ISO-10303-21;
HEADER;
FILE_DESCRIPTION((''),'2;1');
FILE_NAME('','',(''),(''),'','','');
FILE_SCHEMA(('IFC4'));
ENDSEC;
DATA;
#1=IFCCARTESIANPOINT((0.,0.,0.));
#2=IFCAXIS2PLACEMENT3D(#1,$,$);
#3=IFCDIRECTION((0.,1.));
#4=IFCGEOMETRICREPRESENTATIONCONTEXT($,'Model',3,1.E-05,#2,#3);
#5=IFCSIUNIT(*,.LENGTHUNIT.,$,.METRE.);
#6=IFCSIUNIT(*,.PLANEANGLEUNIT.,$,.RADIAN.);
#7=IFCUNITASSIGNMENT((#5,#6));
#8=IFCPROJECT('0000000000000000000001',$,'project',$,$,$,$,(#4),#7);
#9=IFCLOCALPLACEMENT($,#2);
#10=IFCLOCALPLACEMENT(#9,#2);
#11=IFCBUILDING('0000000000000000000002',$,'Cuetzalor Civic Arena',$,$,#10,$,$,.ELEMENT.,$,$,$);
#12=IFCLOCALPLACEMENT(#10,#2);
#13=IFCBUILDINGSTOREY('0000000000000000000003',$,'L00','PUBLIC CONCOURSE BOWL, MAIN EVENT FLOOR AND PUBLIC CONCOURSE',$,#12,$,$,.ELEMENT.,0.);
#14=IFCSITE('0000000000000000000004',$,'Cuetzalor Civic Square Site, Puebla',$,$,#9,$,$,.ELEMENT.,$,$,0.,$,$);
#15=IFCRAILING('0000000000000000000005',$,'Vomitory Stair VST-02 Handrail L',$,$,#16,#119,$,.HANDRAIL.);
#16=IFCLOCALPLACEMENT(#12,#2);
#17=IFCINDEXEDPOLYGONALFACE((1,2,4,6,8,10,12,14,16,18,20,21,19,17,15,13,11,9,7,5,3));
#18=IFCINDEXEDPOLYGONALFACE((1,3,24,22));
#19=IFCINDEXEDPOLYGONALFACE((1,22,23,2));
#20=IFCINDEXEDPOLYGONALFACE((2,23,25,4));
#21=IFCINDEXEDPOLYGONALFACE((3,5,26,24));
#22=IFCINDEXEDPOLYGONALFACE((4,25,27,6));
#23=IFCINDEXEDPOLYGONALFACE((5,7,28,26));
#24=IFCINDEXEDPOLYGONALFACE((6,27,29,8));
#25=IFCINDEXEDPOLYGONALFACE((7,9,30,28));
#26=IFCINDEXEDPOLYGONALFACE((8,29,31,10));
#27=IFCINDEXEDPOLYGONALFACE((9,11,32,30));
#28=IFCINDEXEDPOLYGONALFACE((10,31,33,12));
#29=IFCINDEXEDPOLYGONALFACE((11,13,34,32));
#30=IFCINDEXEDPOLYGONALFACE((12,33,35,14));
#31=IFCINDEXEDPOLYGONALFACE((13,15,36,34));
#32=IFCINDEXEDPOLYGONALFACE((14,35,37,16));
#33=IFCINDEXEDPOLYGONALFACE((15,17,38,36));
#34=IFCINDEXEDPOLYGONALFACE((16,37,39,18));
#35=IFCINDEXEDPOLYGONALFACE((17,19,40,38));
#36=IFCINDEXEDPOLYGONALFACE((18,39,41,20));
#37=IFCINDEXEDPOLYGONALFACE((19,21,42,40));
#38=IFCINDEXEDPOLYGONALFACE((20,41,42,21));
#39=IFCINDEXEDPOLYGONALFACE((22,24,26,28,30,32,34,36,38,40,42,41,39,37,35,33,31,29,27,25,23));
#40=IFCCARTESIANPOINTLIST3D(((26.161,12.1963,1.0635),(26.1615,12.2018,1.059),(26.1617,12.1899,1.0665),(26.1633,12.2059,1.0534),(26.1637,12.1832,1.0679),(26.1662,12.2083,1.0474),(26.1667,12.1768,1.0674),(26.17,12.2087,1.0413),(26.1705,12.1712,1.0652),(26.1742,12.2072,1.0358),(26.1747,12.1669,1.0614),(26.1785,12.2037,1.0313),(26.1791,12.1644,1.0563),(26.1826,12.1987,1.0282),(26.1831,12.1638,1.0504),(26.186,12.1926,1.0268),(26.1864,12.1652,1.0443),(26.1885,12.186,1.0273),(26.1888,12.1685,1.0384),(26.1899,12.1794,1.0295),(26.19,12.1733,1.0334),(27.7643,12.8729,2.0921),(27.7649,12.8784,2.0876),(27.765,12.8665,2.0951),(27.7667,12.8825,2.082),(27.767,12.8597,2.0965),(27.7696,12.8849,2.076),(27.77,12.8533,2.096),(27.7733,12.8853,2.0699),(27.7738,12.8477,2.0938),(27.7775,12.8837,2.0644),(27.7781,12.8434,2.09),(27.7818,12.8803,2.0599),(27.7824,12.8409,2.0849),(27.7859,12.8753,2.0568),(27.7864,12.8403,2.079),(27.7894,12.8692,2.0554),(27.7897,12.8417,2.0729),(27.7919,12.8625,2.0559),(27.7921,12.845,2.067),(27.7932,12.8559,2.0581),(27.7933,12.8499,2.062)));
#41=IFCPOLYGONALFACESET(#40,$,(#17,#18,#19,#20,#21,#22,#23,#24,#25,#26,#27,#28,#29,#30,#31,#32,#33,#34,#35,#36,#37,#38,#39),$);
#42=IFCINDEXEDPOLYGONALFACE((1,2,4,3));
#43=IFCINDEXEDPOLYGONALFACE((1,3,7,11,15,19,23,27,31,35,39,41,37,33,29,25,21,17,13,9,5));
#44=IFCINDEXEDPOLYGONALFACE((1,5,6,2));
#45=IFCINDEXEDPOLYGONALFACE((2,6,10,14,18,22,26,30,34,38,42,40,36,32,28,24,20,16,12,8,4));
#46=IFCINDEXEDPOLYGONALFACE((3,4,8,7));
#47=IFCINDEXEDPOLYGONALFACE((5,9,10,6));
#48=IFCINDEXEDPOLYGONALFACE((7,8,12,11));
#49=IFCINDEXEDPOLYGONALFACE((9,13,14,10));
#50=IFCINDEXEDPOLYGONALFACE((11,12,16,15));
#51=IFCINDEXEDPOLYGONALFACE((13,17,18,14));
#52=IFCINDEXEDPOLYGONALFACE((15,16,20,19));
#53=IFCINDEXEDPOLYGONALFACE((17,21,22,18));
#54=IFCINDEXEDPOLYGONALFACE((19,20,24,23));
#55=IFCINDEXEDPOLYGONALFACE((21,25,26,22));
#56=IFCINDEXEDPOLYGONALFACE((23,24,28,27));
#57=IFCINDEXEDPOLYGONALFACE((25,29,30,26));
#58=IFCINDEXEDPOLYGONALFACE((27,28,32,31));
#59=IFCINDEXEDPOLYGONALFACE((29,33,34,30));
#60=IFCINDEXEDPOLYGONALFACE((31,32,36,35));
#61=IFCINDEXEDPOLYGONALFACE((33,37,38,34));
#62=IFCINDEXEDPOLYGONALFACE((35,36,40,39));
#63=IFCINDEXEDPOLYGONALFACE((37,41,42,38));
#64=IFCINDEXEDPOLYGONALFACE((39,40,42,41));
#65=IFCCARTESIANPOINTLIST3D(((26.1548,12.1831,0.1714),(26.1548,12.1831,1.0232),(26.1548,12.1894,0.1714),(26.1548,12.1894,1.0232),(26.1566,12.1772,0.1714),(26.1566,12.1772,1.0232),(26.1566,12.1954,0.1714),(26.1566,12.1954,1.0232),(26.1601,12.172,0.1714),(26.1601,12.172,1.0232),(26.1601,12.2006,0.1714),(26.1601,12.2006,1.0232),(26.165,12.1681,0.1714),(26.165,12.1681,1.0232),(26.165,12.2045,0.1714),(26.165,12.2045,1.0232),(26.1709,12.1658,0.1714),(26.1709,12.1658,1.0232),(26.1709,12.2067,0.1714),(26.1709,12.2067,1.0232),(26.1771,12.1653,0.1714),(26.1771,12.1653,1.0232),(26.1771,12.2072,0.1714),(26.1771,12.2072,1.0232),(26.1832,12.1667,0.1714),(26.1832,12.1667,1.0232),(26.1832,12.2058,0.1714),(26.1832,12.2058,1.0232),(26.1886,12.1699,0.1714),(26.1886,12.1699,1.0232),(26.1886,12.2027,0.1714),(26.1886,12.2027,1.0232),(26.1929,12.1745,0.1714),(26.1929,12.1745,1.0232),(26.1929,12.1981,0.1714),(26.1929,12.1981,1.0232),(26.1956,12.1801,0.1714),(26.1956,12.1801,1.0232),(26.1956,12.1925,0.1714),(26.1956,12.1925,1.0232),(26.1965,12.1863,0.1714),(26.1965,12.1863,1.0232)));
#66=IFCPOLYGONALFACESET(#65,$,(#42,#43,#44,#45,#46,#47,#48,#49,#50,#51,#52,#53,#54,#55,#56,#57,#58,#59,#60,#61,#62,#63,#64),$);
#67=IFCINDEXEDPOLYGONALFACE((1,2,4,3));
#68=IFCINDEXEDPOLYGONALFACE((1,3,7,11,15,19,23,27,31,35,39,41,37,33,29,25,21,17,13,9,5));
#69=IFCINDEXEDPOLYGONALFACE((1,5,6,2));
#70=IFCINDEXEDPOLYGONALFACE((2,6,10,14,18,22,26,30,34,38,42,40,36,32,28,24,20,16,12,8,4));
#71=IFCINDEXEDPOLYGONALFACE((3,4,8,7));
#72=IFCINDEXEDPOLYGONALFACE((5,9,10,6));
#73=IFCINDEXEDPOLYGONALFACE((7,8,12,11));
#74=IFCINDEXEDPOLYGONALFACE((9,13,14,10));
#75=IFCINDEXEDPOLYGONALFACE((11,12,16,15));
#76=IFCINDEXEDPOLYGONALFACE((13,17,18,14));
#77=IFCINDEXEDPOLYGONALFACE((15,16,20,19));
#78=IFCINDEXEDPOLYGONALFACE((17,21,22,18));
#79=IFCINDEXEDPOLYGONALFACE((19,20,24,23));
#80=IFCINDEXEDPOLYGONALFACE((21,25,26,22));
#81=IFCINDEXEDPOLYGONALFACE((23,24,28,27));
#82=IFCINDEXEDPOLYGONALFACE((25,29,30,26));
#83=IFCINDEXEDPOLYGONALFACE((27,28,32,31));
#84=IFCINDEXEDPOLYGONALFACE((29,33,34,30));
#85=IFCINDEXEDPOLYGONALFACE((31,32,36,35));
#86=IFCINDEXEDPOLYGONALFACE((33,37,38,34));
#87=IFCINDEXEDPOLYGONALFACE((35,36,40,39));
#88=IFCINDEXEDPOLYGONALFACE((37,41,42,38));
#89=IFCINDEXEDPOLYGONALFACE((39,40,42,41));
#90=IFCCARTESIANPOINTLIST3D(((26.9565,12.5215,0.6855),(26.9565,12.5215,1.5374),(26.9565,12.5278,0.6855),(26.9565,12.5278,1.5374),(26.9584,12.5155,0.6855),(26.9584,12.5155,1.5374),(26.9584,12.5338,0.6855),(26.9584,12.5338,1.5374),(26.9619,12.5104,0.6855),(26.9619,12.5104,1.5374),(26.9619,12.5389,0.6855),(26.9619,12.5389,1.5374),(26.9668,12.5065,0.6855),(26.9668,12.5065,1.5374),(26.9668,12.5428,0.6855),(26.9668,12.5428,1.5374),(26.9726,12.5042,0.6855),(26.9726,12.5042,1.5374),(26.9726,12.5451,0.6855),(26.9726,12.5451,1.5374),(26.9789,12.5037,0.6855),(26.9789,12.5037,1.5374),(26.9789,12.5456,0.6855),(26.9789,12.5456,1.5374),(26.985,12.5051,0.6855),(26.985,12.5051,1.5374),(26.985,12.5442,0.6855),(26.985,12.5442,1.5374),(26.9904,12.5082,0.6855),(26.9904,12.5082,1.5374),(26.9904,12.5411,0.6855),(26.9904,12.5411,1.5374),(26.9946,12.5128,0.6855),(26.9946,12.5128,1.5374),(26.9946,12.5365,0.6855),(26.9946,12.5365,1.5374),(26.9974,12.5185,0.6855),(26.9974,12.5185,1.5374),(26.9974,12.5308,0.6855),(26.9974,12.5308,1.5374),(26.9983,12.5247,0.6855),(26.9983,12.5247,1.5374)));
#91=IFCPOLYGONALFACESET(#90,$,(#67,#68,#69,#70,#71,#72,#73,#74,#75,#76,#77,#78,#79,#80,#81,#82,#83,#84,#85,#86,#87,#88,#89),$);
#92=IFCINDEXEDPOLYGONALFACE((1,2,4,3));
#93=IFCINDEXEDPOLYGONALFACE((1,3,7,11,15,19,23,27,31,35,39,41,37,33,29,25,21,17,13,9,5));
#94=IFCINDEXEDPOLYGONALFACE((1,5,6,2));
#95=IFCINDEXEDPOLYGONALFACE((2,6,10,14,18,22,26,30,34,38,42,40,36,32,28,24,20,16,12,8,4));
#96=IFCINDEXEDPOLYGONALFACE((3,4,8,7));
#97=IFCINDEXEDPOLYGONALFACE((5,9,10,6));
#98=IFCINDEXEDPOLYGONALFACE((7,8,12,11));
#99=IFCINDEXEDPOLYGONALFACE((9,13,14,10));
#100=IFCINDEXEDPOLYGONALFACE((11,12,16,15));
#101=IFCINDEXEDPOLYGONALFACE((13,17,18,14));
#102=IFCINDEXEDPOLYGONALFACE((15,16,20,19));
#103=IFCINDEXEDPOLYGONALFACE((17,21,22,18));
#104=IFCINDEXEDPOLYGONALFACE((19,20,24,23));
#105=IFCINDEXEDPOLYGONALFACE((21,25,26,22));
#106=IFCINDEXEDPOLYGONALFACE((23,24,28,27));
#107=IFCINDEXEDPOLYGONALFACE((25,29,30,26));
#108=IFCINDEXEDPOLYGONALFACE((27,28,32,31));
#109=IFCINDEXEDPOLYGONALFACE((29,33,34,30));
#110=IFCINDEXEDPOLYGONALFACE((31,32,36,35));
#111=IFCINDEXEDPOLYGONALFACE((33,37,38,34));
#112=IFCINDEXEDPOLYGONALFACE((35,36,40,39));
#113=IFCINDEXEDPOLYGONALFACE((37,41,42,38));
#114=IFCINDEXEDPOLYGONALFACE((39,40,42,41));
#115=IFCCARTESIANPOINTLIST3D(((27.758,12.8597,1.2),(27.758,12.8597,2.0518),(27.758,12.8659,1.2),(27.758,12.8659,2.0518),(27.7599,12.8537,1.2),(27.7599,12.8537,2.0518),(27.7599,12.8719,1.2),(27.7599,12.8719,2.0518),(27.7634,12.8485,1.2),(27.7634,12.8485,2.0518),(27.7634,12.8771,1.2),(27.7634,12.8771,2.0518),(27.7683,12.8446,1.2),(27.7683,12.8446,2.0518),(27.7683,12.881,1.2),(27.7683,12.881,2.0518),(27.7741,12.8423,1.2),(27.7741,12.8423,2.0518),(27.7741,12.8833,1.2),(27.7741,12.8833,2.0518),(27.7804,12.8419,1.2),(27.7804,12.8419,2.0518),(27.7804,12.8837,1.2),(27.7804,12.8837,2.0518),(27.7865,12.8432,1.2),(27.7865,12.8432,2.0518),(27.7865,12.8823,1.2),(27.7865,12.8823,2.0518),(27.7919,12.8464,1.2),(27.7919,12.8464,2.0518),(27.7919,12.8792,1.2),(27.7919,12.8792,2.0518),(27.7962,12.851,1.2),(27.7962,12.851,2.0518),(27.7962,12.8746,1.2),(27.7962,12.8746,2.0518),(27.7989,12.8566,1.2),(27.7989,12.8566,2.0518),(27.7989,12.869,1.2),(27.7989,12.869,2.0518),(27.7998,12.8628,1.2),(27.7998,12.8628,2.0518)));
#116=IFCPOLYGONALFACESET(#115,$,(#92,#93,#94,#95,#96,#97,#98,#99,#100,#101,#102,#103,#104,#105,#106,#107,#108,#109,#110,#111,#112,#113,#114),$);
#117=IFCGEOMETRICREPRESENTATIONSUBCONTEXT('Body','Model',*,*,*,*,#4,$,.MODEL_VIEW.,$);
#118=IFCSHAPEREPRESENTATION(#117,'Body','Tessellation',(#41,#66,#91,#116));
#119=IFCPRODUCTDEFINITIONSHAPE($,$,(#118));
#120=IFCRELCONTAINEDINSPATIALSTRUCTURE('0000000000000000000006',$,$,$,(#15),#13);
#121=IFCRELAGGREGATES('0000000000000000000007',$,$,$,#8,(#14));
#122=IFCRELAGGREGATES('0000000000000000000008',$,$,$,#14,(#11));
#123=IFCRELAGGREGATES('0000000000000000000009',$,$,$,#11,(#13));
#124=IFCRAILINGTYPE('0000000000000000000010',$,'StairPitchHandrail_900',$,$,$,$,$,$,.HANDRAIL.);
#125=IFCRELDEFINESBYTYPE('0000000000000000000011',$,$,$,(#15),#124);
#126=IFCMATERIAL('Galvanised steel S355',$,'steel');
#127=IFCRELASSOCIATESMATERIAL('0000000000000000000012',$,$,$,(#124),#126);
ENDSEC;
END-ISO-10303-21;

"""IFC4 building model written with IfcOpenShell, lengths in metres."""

from ifc_helpers import new_model, si_unit, direction, frame, origin, origin_2d, place, context, subcontext, project, spatial, circle, extrude, material, type_object, element, save


model = new_model("IFC4")

# Units and contexts
model_context = context("Model", 3, precision=1e-05, world=origin(), true_north=direction((0.0, 1.0)))
body_context = subcontext(model_context, "Body", "Model", "MODEL_VIEW")
ifc_project = project(units=[si_unit("LENGTHUNIT", "METRE"), si_unit("PLANEANGLEUNIT", "RADIAN")], contexts=[model_context])

# Site, building, storey
site_placement = place(None, origin())
site = spatial("IfcSite", under=ifc_project, at=site_placement, Name="Cuetzalor Civic Square Site, Puebla", CompositionType="ELEMENT", RefElevation=0.0)
building_placement = place(site_placement, origin())
building = spatial("IfcBuilding", under=site, at=building_placement, Name="Cuetzalor Civic Arena", CompositionType="ELEMENT")
storey_placement = place(building_placement, origin())
storey = spatial("IfcBuildingStorey", under=building, at=storey_placement, Name="L00", Description="PUBLIC CONCOURSE BOWL, MAIN EVENT FLOOR AND PUBLIC CONCOURSE", CompositionType="ELEMENT", Elevation=0.0)

# Railing
ifc_material_1 = material(Name="Galvanised steel S355", Category="steel")
railing_type_1 = type_object("IfcRailingType", Name="StairPitchHandrail_900", PredefinedType="HANDRAIL", material=ifc_material_1)
railing_1_placement = place(storey_placement, frame((26.1755, 12.1863, 0.1714)))
element("IfcRailing", 1, at=railing_1_placement, inside=storey, type_object=railing_type_1, Name="Vomitory Stair VST-02 Handrail L", PredefinedType="HANDRAIL", context=body_context, shape_type="SweptSolid", body=[
    extrude(circle(Radius=0.0239, at=origin_2d()), frame((0.0, 0.0, 0.876), z_axis=(0.793145, 0.334674, 0.508835), x_axis=(-0.388766, 0.921337, 0.0)), (0.0, 0.0, 1.0), 2.0215),
    extrude(circle(Radius=0.021, at=origin_2d()), origin(), (0.0, 0.0, 1.0), 0.8518),
    extrude(circle(Radius=0.021, at=origin_2d()), frame((0.8018, 0.3384, 0.5142)), (0.0, 0.0, 1.0), 0.8518),
    extrude(circle(Radius=0.021, at=origin_2d()), frame((1.6033, 0.6765, 1.0286)), (0.0, 0.0, 1.0), 0.8518),
])

save(model, "model.ifc")
